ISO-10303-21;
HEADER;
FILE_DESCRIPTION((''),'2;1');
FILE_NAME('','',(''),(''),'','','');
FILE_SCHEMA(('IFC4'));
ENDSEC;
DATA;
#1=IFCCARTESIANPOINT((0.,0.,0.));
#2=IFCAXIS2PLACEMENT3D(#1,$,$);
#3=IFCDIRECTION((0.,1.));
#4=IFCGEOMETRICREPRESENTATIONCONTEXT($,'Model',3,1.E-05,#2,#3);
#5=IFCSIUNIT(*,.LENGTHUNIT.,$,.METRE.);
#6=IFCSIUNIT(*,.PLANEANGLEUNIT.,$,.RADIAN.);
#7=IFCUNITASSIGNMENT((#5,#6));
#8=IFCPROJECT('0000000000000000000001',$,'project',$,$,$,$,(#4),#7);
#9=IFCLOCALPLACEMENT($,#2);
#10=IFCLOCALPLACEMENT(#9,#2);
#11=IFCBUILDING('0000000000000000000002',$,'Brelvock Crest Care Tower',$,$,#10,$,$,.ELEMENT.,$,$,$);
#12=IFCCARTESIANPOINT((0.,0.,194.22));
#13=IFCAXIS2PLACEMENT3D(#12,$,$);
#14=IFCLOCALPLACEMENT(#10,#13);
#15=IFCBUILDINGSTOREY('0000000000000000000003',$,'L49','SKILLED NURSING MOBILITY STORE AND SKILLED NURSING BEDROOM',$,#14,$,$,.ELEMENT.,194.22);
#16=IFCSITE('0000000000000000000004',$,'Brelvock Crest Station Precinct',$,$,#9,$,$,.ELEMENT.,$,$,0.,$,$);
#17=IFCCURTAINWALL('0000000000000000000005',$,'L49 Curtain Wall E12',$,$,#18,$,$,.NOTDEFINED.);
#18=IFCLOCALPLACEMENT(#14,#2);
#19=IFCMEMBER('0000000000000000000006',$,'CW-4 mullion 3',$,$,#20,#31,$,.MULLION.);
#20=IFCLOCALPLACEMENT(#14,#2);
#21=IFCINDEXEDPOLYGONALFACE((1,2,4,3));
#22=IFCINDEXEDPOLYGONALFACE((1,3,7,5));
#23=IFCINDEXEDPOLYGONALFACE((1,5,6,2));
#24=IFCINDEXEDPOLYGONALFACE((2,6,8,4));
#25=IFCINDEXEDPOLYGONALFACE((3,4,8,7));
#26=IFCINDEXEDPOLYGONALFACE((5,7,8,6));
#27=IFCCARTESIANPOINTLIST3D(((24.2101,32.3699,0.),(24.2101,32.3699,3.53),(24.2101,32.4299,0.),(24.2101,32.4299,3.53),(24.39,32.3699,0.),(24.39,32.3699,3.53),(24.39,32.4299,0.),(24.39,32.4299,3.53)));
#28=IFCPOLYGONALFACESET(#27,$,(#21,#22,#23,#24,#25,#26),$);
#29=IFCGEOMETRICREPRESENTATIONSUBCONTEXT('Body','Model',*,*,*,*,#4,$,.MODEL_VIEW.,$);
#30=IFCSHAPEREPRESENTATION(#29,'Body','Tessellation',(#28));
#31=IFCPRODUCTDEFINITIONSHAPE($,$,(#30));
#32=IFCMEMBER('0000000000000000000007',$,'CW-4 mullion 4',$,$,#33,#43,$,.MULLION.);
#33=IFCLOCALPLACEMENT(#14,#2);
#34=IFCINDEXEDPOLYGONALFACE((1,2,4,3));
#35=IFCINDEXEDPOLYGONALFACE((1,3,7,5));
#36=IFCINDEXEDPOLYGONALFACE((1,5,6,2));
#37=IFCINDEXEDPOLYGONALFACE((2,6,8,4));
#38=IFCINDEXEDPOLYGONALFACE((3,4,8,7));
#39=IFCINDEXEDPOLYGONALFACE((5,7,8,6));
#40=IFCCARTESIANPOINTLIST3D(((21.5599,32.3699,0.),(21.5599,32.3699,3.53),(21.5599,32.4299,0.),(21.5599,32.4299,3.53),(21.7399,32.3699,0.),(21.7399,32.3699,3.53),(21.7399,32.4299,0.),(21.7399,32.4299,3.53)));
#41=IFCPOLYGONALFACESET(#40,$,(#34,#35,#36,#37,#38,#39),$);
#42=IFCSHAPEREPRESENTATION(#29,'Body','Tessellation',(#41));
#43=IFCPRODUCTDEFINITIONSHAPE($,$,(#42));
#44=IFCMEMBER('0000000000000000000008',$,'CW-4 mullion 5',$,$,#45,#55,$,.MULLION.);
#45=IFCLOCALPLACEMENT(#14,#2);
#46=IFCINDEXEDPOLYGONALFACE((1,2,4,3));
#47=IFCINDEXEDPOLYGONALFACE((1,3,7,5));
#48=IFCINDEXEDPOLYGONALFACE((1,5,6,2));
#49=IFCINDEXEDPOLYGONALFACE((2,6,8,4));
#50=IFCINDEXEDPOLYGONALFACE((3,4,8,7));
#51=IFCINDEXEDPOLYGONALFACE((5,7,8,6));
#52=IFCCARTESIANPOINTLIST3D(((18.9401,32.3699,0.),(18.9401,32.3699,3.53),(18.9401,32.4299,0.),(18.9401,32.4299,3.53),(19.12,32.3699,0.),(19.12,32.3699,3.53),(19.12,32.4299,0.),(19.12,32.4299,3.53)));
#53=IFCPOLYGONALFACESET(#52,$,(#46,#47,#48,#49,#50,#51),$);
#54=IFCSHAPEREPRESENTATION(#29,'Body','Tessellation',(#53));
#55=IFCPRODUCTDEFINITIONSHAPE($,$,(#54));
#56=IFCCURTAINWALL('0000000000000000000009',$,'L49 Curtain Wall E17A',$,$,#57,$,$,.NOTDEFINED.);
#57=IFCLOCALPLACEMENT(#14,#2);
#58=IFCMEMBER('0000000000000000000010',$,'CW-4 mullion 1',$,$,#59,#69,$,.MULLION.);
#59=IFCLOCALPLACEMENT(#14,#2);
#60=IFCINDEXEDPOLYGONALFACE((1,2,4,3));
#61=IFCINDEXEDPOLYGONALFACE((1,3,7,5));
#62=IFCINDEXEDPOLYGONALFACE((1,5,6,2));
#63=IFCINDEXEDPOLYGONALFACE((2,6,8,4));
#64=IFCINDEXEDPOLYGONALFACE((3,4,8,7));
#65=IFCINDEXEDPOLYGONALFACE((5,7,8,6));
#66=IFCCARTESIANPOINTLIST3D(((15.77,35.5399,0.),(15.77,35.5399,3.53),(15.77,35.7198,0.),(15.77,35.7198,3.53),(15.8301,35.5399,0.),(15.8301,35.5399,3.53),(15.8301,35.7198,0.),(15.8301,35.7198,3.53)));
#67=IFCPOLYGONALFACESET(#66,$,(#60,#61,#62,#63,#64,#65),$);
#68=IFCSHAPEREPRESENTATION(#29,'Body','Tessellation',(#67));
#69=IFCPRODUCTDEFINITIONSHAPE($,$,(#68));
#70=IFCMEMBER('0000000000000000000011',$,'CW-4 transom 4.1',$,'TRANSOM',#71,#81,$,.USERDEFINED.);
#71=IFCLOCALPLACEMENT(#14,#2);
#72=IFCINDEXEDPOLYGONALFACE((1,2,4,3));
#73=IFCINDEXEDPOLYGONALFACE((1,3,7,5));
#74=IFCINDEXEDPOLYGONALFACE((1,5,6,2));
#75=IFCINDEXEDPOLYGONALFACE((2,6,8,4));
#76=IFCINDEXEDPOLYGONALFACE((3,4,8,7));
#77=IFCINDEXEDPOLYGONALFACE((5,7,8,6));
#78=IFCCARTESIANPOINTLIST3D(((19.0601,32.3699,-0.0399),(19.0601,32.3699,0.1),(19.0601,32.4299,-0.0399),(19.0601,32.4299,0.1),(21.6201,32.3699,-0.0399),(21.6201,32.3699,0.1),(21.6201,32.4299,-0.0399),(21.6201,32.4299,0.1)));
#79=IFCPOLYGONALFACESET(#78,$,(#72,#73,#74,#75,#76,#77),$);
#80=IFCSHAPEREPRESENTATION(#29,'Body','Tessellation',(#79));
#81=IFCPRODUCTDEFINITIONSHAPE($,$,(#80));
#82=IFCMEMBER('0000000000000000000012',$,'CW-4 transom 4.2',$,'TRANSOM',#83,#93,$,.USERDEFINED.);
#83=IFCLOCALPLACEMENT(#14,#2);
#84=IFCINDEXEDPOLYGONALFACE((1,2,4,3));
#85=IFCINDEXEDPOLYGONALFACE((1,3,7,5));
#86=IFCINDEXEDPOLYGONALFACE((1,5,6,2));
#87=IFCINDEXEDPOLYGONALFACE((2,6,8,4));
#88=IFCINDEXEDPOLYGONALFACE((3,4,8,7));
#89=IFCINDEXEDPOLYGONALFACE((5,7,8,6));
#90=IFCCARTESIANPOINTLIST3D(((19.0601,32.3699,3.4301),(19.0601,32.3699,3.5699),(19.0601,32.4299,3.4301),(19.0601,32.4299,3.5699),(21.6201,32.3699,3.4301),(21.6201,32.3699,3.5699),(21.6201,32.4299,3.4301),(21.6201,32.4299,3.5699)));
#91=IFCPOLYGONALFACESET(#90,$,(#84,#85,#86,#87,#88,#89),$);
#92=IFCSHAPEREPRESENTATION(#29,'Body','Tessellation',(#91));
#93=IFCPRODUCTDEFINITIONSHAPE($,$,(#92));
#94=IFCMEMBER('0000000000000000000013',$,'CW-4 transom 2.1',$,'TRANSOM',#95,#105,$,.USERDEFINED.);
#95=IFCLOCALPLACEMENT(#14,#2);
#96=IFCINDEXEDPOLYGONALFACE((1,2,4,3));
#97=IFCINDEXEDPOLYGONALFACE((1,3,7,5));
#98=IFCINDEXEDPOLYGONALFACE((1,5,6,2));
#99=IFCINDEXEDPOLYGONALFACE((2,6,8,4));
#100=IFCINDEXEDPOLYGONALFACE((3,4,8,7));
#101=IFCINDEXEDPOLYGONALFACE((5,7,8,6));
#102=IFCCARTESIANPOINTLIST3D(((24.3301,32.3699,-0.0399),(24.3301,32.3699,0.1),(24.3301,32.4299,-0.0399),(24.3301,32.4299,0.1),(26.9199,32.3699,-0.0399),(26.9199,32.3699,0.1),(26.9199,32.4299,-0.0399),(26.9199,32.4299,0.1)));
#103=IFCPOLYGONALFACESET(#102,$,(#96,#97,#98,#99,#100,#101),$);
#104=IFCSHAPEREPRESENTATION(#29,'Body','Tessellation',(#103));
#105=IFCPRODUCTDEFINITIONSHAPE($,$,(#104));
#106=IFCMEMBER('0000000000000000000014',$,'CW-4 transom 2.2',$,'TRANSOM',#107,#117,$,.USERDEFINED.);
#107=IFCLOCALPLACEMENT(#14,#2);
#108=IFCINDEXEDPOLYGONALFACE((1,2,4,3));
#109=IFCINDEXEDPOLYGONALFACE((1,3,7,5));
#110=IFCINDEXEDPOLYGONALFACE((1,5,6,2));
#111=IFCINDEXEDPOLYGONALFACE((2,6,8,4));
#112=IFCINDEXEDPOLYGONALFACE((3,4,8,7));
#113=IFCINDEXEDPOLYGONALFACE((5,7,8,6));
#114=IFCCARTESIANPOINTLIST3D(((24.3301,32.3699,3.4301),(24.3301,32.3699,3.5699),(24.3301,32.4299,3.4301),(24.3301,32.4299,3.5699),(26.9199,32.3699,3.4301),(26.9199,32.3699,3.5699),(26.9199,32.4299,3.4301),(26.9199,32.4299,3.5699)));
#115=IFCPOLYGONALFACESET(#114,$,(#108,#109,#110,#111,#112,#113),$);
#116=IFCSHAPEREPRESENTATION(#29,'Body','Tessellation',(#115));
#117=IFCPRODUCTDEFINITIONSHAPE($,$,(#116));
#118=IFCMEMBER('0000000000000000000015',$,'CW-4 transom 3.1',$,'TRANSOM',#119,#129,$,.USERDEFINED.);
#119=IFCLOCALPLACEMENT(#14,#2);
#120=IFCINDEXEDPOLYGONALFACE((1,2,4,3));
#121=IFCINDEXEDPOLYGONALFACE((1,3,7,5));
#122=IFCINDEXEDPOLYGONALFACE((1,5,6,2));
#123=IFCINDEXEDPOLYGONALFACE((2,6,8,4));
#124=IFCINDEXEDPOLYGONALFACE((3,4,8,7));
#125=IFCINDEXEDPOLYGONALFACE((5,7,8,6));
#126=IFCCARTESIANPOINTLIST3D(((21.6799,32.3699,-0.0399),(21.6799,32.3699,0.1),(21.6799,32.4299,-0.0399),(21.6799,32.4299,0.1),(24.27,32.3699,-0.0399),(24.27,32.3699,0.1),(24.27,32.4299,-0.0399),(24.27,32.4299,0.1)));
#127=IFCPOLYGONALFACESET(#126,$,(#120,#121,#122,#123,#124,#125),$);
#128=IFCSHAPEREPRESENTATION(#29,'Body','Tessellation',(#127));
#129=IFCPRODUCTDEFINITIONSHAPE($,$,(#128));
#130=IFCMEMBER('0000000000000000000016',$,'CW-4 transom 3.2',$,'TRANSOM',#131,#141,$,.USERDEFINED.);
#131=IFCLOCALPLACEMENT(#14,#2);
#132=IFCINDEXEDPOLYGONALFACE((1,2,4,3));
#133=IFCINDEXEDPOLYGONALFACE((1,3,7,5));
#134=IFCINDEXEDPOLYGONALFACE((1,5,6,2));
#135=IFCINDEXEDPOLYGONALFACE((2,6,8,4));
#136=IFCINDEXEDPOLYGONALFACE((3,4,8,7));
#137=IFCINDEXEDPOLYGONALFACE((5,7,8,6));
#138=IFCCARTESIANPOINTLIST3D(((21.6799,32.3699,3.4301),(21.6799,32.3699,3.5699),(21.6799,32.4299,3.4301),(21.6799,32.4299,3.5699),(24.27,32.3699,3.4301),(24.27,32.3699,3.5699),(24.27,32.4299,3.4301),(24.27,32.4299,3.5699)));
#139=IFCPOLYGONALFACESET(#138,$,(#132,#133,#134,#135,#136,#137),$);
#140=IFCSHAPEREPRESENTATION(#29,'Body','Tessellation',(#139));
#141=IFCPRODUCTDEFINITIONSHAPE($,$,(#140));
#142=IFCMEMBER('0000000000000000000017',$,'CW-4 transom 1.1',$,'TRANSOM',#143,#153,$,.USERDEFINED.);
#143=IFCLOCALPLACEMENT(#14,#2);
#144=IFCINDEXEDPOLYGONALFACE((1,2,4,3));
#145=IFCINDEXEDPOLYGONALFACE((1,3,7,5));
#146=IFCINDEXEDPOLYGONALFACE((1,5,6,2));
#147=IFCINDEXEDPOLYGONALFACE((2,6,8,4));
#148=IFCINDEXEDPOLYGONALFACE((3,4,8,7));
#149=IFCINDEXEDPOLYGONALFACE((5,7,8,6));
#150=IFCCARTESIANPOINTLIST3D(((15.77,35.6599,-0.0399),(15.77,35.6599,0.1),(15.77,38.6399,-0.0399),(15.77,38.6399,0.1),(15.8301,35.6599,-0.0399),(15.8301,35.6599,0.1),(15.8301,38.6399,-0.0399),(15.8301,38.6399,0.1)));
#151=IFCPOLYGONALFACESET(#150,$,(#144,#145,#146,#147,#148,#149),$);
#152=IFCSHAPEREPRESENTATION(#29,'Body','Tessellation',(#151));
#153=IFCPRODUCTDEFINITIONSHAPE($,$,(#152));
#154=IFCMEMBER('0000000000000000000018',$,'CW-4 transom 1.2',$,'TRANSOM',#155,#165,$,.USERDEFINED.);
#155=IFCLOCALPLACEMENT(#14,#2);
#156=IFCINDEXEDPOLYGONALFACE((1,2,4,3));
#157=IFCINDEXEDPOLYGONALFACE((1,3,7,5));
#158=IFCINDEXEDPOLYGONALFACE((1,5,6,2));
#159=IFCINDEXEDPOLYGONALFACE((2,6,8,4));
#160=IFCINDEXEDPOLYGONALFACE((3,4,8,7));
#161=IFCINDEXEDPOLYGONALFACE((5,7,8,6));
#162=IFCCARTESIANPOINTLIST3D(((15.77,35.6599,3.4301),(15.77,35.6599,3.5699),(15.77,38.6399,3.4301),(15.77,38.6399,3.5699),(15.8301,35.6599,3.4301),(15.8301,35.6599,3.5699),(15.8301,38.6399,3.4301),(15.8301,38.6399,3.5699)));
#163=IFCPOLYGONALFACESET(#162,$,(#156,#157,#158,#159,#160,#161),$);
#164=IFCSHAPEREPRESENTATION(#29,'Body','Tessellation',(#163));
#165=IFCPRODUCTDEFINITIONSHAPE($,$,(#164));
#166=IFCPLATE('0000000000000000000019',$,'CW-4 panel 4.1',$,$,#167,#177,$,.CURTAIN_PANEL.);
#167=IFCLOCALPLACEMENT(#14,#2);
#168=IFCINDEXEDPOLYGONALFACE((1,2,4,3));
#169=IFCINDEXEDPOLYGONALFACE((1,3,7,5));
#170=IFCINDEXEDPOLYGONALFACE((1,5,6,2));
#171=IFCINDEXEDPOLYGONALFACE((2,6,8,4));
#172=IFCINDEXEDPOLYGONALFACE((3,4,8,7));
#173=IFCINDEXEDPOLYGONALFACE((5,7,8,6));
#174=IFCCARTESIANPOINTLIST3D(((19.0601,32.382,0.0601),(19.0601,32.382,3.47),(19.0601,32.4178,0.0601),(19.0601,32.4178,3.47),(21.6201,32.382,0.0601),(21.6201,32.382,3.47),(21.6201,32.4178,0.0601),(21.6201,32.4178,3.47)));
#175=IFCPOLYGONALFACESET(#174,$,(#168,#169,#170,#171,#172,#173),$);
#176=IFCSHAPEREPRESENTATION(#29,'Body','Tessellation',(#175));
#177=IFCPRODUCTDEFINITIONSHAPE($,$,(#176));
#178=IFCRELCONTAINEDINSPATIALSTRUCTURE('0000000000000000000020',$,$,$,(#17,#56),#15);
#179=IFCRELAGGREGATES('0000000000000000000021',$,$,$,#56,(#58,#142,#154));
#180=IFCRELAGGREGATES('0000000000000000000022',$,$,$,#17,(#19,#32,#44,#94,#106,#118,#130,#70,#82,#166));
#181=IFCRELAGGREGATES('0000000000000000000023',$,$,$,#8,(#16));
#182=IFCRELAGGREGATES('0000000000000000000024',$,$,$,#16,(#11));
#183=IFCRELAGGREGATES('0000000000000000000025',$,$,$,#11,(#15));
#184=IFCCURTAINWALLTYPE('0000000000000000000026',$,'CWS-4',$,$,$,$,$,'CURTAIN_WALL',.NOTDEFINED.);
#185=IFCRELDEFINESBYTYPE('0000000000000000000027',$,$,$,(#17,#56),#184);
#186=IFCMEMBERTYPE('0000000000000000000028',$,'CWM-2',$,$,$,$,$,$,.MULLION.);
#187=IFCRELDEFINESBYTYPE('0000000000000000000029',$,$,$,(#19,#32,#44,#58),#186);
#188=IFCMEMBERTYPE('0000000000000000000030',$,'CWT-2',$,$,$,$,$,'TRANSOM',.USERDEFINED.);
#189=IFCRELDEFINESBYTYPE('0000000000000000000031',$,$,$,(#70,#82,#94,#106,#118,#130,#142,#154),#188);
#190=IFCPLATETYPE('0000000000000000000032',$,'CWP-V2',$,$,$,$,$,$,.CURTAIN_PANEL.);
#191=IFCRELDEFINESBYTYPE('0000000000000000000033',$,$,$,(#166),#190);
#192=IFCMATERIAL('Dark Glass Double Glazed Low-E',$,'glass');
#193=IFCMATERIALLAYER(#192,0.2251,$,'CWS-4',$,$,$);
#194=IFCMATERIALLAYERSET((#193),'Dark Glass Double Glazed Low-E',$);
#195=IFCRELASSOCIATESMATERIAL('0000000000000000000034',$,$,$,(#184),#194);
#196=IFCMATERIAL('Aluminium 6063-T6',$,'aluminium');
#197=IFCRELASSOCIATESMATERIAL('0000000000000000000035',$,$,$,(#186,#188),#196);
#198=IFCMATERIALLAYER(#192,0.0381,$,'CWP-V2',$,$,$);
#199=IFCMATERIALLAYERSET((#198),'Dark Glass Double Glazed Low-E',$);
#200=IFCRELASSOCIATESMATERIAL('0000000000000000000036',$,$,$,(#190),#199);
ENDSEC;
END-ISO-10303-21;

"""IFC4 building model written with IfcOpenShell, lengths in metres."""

from ifc_helpers import new_model, si_unit, direction, frame, origin, origin_2d, place, context, subcontext, project, spatial, rectangle, extrude, source, transform, mapped, material, layer, layer_set, material_profile, profile_set, type_object, element, aggregate, save


model = new_model("IFC4")

# Units and contexts
model_context = context("Model", 3, precision=1e-05, world=origin(), true_north=direction((0.0, 1.0)))
body_context = subcontext(model_context, "Body", "Model", "MODEL_VIEW")
ifc_project = project(units=[si_unit("LENGTHUNIT", "METRE"), si_unit("PLANEANGLEUNIT", "RADIAN")], contexts=[model_context])

# Site, building, storey
site_placement = place(None, origin())
site = spatial("IfcSite", under=ifc_project, at=site_placement, Name="Brelvock Crest Station Precinct", CompositionType="ELEMENT", RefElevation=0.0)
building_placement = place(site_placement, origin())
building = spatial("IfcBuilding", under=site, at=building_placement, Name="Brelvock Crest Care Tower", CompositionType="ELEMENT")
storey_placement = place(building_placement, frame((0.0, 0.0, 194.22)))
storey = spatial("IfcBuildingStorey", under=building, at=storey_placement, Name="L49", Description="SKILLED NURSING MOBILITY STORE AND SKILLED NURSING BEDROOM", CompositionType="ELEMENT", Elevation=194.22)

# Curtain wall, members
ifc_material_1 = material(Name="Dark Glass Double Glazed Low-E", Category="glass")
ifc_layer_1 = layer(ifc_material_1, 0.2251, Name="CWS-4")
ifc_layer_set_1 = layer_set([ifc_layer_1], Name="Dark Glass Double Glazed Low-E")
curtain_wall_type = type_object("IfcCurtainWallType", Name="CWS-4", ElementType="CURTAIN_WALL", PredefinedType="NOTDEFINED", material=ifc_layer_set_1)
curtain_wall_1_placement = place(storey_placement, origin())
curtain_wall_1 = element("IfcCurtainWall", 1, at=curtain_wall_1_placement, inside=storey, type_object=curtain_wall_type, Name="L49 Curtain Wall E12", PredefinedType="NOTDEFINED")
ifc_material_2 = material(Name="Aluminium 6063-T6", Category="aluminium")
ifc_material_profile_1 = material_profile(ifc_material_2, rectangle(XDim=0.0601, YDim=0.1799, at=origin_2d()), Name="ALU60x180")
ifc_profile_set_1 = profile_set([ifc_material_profile_1], Name="Aluminium 6063-T6")
member_type_1 = type_object("IfcMemberType", Name="CWM-2", PredefinedType="MULLION", material=ifc_profile_set_1)
shared_shape_1 = source(origin(), body_context, "Body", "SweptSolid", [
    extrude(rectangle(XDim=0.0601, YDim=0.1799, at=origin_2d()), origin(), (0.0, 0.0, 1.0), 3.53),
])
member_1_placement = place(storey_placement, frame((24.3, 32.3999, 0.0), z_axis=(0.0, 0.0, 1.0), x_axis=(0.0, -1.0, 0.0)))
member_1 = element("IfcMember", 2, at=member_1_placement, type_object=member_type_1, Name="CW-4 mullion 3", PredefinedType="MULLION", context=body_context, shape_type="MappedRepresentation", body=[
    mapped(shared_shape_1, transform((0.0, 0.0, 0.0), x_axis=(1.0, 0.0, 0.0), y_axis=(0.0, 1.0, 0.0), z_axis=(0.0, 0.0, 1.0), scale=1.0)),
])
member_2_placement = place(storey_placement, frame((21.6499, 32.3999, 0.0), z_axis=(0.0, 0.0, 1.0), x_axis=(0.0, -1.0, 0.0)))
member_2 = element("IfcMember", 3, at=member_2_placement, type_object=member_type_1, Name="CW-4 mullion 4", PredefinedType="MULLION", context=body_context, shape_type="MappedRepresentation", body=[
    mapped(shared_shape_1, transform((0.0, 0.0, 0.0), x_axis=(1.0, 0.0, 0.0), y_axis=(0.0, 1.0, 0.0), z_axis=(0.0, 0.0, 1.0), scale=1.0)),
])
member_3_placement = place(storey_placement, frame((19.03, 32.3999, 0.0), z_axis=(0.0, 0.0, 1.0), x_axis=(0.0, -1.0, 0.0)))
member_3 = element("IfcMember", 4, at=member_3_placement, type_object=member_type_1, Name="CW-4 mullion 5", PredefinedType="MULLION", context=body_context, shape_type="MappedRepresentation", body=[
    mapped(shared_shape_1, transform((0.0, 0.0, 0.0), x_axis=(1.0, 0.0, 0.0), y_axis=(0.0, 1.0, 0.0), z_axis=(0.0, 0.0, 1.0), scale=1.0)),
])

# Curtain wall, member
curtain_wall_2_placement = place(storey_placement, origin())
curtain_wall_2 = element("IfcCurtainWall", 5, at=curtain_wall_2_placement, inside=storey, type_object=curtain_wall_type, Name="L49 Curtain Wall E17A", PredefinedType="NOTDEFINED")
member_4_placement = place(storey_placement, frame((15.8, 35.6299, 0.0), z_axis=(0.0, 0.0, 1.0), x_axis=(-1.0, 0.0, 0.0)))
member_4 = element("IfcMember", 6, at=member_4_placement, type_object=member_type_1, Name="CW-4 mullion 1", PredefinedType="MULLION", context=body_context, shape_type="MappedRepresentation", body=[
    mapped(shared_shape_1, transform((0.0, 0.0, 0.0), x_axis=(1.0, 0.0, 0.0), y_axis=(0.0, 1.0, 0.0), z_axis=(0.0, 0.0, 1.0), scale=1.0)),
])

# Members
ifc_material_profile_2 = material_profile(ifc_material_2, rectangle(XDim=0.0601, YDim=0.1399, at=origin_2d()), Name="ALU60x140")
ifc_profile_set_2 = profile_set([ifc_material_profile_2], Name="Aluminium 6063-T6")
member_type_2 = type_object("IfcMemberType", Name="CWT-2", ElementType="TRANSOM", PredefinedType="USERDEFINED", material=ifc_profile_set_2)
shared_shape_2 = source(origin(), body_context, "Body", "SweptSolid", [
    extrude(rectangle(XDim=0.0601, YDim=0.1399, at=origin_2d()), origin(), (0.0, 0.0, 1.0), 2.5601),
])
member_5_placement = place(storey_placement, frame((21.6201, 32.3999, 0.03), z_axis=(-1.0, 0.0, 0.0), x_axis=(0.0, -1.0, 0.0)))
member_5 = element("IfcMember", 7, at=member_5_placement, type_object=member_type_2, Name="CW-4 transom 4.1", ObjectType="TRANSOM", PredefinedType="USERDEFINED", context=body_context, shape_type="MappedRepresentation", body=[
    mapped(shared_shape_2, transform((0.0, 0.0, 0.0), x_axis=(1.0, 0.0, 0.0), y_axis=(0.0, 1.0, 0.0), z_axis=(0.0, 0.0, 1.0), scale=1.0)),
])
member_6_placement = place(storey_placement, frame((21.6201, 32.3999, 3.5), z_axis=(-1.0, 0.0, 0.0), x_axis=(0.0, -1.0, 0.0)))
member_6 = element("IfcMember", 8, at=member_6_placement, type_object=member_type_2, Name="CW-4 transom 4.2", ObjectType="TRANSOM", PredefinedType="USERDEFINED", context=body_context, shape_type="MappedRepresentation", body=[
    mapped(shared_shape_2, transform((0.0, 0.0, 0.0), x_axis=(1.0, 0.0, 0.0), y_axis=(0.0, 1.0, 0.0), z_axis=(0.0, 0.0, 1.0), scale=1.0)),
])
shared_shape_3 = source(origin(), body_context, "Body", "SweptSolid", [
    extrude(rectangle(XDim=0.0601, YDim=0.1399, at=origin_2d()), origin(), (0.0, 0.0, 1.0), 2.5898),
])
member_7_placement = place(storey_placement, frame((26.9199, 32.3999, 0.03), z_axis=(-1.0, 0.0, 0.0), x_axis=(0.0, -1.0, 0.0)))
member_7 = element("IfcMember", 9, at=member_7_placement, type_object=member_type_2, Name="CW-4 transom 2.1", ObjectType="TRANSOM", PredefinedType="USERDEFINED", context=body_context, shape_type="MappedRepresentation", body=[
    mapped(shared_shape_3, transform((0.0, 0.0, 0.0), x_axis=(1.0, 0.0, 0.0), y_axis=(0.0, 1.0, 0.0), z_axis=(0.0, 0.0, 1.0), scale=1.0)),
])
member_8_placement = place(storey_placement, frame((26.9199, 32.3999, 3.5), z_axis=(-1.0, 0.0, 0.0), x_axis=(0.0, -1.0, 0.0)))
member_8 = element("IfcMember", 10, at=member_8_placement, type_object=member_type_2, Name="CW-4 transom 2.2", ObjectType="TRANSOM", PredefinedType="USERDEFINED", context=body_context, shape_type="MappedRepresentation", body=[
    mapped(shared_shape_3, transform((0.0, 0.0, 0.0), x_axis=(1.0, 0.0, 0.0), y_axis=(0.0, 1.0, 0.0), z_axis=(0.0, 0.0, 1.0), scale=1.0)),
])
shared_shape_4 = source(origin(), body_context, "Body", "SweptSolid", [
    extrude(rectangle(XDim=0.0601, YDim=0.1399, at=origin_2d()), origin(), (0.0, 0.0, 1.0), 2.5901),
])
member_9_placement = place(storey_placement, frame((24.27, 32.3999, 0.03), z_axis=(-1.0, 0.0, 0.0), x_axis=(0.0, -1.0, 0.0)))
member_9 = element("IfcMember", 11, at=member_9_placement, type_object=member_type_2, Name="CW-4 transom 3.1", ObjectType="TRANSOM", PredefinedType="USERDEFINED", context=body_context, shape_type="MappedRepresentation", body=[
    mapped(shared_shape_4, transform((0.0, 0.0, 0.0), x_axis=(1.0, 0.0, 0.0), y_axis=(0.0, 1.0, 0.0), z_axis=(0.0, 0.0, 1.0), scale=1.0)),
])
member_10_placement = place(storey_placement, frame((24.27, 32.3999, 3.5), z_axis=(-1.0, 0.0, 0.0), x_axis=(0.0, -1.0, 0.0)))
member_10 = element("IfcMember", 12, at=member_10_placement, type_object=member_type_2, Name="CW-4 transom 3.2", ObjectType="TRANSOM", PredefinedType="USERDEFINED", context=body_context, shape_type="MappedRepresentation", body=[
    mapped(shared_shape_4, transform((0.0, 0.0, 0.0), x_axis=(1.0, 0.0, 0.0), y_axis=(0.0, 1.0, 0.0), z_axis=(0.0, 0.0, 1.0), scale=1.0)),
])
shared_shape_5 = source(origin(), body_context, "Body", "SweptSolid", [
    extrude(rectangle(XDim=0.0601, YDim=0.1399, at=origin_2d()), origin(), (0.0, 0.0, 1.0), 2.98),
])
member_11_placement = place(storey_placement, frame((15.8, 35.6599, 0.03), z_axis=(0.0, 1.0, 0.0), x_axis=(-1.0, 0.0, 0.0)))
member_11 = element("IfcMember", 13, at=member_11_placement, type_object=member_type_2, Name="CW-4 transom 1.1", ObjectType="TRANSOM", PredefinedType="USERDEFINED", context=body_context, shape_type="MappedRepresentation", body=[
    mapped(shared_shape_5, transform((0.0, 0.0, 0.0), x_axis=(1.0, 0.0, 0.0), y_axis=(0.0, 1.0, 0.0), z_axis=(0.0, 0.0, 1.0), scale=1.0)),
])
member_12_placement = place(storey_placement, frame((15.8, 35.6599, 3.5), z_axis=(0.0, 1.0, 0.0), x_axis=(-1.0, 0.0, 0.0)))
member_12 = element("IfcMember", 14, at=member_12_placement, type_object=member_type_2, Name="CW-4 transom 1.2", ObjectType="TRANSOM", PredefinedType="USERDEFINED", context=body_context, shape_type="MappedRepresentation", body=[
    mapped(shared_shape_5, transform((0.0, 0.0, 0.0), x_axis=(1.0, 0.0, 0.0), y_axis=(0.0, 1.0, 0.0), z_axis=(0.0, 0.0, 1.0), scale=1.0)),
])
aggregate(curtain_wall_2, [member_4, member_11, member_12])

# Plate
ifc_layer_2 = layer(ifc_material_1, 0.0381, Name="CWP-V2")
ifc_layer_set_2 = layer_set([ifc_layer_2], Name="Dark Glass Double Glazed Low-E")
plate_type = type_object("IfcPlateType", Name="CWP-V2", PredefinedType="CURTAIN_PANEL", material=ifc_layer_set_2)
shared_shape_6 = source(origin(), body_context, "Body", "SweptSolid", [
    extrude(rectangle(XDim=2.5601, YDim=0.0359, at=origin_2d()), origin(), (0.0, 0.0, 1.0), 3.4099),
])
plate_1_placement = place(storey_placement, frame((20.3401, 32.3999, 0.0601), z_axis=(0.0, 0.0, 1.0), x_axis=(-1.0, 0.0, 0.0)))
plate_1 = element("IfcPlate", 15, at=plate_1_placement, type_object=plate_type, Name="CW-4 panel 4.1", PredefinedType="CURTAIN_PANEL", context=body_context, shape_type="MappedRepresentation", body=[
    mapped(shared_shape_6, transform((0.0, 0.0, 0.0), x_axis=(1.0, 0.0, 0.0), y_axis=(0.0, 1.0, 0.0), z_axis=(0.0, 0.0, 1.0), scale=1.0)),
])
aggregate(curtain_wall_1, [member_1, member_2, member_3, member_7, member_8, member_9, member_10, member_5, member_6, plate_1])

save(model, "model.ifc")
